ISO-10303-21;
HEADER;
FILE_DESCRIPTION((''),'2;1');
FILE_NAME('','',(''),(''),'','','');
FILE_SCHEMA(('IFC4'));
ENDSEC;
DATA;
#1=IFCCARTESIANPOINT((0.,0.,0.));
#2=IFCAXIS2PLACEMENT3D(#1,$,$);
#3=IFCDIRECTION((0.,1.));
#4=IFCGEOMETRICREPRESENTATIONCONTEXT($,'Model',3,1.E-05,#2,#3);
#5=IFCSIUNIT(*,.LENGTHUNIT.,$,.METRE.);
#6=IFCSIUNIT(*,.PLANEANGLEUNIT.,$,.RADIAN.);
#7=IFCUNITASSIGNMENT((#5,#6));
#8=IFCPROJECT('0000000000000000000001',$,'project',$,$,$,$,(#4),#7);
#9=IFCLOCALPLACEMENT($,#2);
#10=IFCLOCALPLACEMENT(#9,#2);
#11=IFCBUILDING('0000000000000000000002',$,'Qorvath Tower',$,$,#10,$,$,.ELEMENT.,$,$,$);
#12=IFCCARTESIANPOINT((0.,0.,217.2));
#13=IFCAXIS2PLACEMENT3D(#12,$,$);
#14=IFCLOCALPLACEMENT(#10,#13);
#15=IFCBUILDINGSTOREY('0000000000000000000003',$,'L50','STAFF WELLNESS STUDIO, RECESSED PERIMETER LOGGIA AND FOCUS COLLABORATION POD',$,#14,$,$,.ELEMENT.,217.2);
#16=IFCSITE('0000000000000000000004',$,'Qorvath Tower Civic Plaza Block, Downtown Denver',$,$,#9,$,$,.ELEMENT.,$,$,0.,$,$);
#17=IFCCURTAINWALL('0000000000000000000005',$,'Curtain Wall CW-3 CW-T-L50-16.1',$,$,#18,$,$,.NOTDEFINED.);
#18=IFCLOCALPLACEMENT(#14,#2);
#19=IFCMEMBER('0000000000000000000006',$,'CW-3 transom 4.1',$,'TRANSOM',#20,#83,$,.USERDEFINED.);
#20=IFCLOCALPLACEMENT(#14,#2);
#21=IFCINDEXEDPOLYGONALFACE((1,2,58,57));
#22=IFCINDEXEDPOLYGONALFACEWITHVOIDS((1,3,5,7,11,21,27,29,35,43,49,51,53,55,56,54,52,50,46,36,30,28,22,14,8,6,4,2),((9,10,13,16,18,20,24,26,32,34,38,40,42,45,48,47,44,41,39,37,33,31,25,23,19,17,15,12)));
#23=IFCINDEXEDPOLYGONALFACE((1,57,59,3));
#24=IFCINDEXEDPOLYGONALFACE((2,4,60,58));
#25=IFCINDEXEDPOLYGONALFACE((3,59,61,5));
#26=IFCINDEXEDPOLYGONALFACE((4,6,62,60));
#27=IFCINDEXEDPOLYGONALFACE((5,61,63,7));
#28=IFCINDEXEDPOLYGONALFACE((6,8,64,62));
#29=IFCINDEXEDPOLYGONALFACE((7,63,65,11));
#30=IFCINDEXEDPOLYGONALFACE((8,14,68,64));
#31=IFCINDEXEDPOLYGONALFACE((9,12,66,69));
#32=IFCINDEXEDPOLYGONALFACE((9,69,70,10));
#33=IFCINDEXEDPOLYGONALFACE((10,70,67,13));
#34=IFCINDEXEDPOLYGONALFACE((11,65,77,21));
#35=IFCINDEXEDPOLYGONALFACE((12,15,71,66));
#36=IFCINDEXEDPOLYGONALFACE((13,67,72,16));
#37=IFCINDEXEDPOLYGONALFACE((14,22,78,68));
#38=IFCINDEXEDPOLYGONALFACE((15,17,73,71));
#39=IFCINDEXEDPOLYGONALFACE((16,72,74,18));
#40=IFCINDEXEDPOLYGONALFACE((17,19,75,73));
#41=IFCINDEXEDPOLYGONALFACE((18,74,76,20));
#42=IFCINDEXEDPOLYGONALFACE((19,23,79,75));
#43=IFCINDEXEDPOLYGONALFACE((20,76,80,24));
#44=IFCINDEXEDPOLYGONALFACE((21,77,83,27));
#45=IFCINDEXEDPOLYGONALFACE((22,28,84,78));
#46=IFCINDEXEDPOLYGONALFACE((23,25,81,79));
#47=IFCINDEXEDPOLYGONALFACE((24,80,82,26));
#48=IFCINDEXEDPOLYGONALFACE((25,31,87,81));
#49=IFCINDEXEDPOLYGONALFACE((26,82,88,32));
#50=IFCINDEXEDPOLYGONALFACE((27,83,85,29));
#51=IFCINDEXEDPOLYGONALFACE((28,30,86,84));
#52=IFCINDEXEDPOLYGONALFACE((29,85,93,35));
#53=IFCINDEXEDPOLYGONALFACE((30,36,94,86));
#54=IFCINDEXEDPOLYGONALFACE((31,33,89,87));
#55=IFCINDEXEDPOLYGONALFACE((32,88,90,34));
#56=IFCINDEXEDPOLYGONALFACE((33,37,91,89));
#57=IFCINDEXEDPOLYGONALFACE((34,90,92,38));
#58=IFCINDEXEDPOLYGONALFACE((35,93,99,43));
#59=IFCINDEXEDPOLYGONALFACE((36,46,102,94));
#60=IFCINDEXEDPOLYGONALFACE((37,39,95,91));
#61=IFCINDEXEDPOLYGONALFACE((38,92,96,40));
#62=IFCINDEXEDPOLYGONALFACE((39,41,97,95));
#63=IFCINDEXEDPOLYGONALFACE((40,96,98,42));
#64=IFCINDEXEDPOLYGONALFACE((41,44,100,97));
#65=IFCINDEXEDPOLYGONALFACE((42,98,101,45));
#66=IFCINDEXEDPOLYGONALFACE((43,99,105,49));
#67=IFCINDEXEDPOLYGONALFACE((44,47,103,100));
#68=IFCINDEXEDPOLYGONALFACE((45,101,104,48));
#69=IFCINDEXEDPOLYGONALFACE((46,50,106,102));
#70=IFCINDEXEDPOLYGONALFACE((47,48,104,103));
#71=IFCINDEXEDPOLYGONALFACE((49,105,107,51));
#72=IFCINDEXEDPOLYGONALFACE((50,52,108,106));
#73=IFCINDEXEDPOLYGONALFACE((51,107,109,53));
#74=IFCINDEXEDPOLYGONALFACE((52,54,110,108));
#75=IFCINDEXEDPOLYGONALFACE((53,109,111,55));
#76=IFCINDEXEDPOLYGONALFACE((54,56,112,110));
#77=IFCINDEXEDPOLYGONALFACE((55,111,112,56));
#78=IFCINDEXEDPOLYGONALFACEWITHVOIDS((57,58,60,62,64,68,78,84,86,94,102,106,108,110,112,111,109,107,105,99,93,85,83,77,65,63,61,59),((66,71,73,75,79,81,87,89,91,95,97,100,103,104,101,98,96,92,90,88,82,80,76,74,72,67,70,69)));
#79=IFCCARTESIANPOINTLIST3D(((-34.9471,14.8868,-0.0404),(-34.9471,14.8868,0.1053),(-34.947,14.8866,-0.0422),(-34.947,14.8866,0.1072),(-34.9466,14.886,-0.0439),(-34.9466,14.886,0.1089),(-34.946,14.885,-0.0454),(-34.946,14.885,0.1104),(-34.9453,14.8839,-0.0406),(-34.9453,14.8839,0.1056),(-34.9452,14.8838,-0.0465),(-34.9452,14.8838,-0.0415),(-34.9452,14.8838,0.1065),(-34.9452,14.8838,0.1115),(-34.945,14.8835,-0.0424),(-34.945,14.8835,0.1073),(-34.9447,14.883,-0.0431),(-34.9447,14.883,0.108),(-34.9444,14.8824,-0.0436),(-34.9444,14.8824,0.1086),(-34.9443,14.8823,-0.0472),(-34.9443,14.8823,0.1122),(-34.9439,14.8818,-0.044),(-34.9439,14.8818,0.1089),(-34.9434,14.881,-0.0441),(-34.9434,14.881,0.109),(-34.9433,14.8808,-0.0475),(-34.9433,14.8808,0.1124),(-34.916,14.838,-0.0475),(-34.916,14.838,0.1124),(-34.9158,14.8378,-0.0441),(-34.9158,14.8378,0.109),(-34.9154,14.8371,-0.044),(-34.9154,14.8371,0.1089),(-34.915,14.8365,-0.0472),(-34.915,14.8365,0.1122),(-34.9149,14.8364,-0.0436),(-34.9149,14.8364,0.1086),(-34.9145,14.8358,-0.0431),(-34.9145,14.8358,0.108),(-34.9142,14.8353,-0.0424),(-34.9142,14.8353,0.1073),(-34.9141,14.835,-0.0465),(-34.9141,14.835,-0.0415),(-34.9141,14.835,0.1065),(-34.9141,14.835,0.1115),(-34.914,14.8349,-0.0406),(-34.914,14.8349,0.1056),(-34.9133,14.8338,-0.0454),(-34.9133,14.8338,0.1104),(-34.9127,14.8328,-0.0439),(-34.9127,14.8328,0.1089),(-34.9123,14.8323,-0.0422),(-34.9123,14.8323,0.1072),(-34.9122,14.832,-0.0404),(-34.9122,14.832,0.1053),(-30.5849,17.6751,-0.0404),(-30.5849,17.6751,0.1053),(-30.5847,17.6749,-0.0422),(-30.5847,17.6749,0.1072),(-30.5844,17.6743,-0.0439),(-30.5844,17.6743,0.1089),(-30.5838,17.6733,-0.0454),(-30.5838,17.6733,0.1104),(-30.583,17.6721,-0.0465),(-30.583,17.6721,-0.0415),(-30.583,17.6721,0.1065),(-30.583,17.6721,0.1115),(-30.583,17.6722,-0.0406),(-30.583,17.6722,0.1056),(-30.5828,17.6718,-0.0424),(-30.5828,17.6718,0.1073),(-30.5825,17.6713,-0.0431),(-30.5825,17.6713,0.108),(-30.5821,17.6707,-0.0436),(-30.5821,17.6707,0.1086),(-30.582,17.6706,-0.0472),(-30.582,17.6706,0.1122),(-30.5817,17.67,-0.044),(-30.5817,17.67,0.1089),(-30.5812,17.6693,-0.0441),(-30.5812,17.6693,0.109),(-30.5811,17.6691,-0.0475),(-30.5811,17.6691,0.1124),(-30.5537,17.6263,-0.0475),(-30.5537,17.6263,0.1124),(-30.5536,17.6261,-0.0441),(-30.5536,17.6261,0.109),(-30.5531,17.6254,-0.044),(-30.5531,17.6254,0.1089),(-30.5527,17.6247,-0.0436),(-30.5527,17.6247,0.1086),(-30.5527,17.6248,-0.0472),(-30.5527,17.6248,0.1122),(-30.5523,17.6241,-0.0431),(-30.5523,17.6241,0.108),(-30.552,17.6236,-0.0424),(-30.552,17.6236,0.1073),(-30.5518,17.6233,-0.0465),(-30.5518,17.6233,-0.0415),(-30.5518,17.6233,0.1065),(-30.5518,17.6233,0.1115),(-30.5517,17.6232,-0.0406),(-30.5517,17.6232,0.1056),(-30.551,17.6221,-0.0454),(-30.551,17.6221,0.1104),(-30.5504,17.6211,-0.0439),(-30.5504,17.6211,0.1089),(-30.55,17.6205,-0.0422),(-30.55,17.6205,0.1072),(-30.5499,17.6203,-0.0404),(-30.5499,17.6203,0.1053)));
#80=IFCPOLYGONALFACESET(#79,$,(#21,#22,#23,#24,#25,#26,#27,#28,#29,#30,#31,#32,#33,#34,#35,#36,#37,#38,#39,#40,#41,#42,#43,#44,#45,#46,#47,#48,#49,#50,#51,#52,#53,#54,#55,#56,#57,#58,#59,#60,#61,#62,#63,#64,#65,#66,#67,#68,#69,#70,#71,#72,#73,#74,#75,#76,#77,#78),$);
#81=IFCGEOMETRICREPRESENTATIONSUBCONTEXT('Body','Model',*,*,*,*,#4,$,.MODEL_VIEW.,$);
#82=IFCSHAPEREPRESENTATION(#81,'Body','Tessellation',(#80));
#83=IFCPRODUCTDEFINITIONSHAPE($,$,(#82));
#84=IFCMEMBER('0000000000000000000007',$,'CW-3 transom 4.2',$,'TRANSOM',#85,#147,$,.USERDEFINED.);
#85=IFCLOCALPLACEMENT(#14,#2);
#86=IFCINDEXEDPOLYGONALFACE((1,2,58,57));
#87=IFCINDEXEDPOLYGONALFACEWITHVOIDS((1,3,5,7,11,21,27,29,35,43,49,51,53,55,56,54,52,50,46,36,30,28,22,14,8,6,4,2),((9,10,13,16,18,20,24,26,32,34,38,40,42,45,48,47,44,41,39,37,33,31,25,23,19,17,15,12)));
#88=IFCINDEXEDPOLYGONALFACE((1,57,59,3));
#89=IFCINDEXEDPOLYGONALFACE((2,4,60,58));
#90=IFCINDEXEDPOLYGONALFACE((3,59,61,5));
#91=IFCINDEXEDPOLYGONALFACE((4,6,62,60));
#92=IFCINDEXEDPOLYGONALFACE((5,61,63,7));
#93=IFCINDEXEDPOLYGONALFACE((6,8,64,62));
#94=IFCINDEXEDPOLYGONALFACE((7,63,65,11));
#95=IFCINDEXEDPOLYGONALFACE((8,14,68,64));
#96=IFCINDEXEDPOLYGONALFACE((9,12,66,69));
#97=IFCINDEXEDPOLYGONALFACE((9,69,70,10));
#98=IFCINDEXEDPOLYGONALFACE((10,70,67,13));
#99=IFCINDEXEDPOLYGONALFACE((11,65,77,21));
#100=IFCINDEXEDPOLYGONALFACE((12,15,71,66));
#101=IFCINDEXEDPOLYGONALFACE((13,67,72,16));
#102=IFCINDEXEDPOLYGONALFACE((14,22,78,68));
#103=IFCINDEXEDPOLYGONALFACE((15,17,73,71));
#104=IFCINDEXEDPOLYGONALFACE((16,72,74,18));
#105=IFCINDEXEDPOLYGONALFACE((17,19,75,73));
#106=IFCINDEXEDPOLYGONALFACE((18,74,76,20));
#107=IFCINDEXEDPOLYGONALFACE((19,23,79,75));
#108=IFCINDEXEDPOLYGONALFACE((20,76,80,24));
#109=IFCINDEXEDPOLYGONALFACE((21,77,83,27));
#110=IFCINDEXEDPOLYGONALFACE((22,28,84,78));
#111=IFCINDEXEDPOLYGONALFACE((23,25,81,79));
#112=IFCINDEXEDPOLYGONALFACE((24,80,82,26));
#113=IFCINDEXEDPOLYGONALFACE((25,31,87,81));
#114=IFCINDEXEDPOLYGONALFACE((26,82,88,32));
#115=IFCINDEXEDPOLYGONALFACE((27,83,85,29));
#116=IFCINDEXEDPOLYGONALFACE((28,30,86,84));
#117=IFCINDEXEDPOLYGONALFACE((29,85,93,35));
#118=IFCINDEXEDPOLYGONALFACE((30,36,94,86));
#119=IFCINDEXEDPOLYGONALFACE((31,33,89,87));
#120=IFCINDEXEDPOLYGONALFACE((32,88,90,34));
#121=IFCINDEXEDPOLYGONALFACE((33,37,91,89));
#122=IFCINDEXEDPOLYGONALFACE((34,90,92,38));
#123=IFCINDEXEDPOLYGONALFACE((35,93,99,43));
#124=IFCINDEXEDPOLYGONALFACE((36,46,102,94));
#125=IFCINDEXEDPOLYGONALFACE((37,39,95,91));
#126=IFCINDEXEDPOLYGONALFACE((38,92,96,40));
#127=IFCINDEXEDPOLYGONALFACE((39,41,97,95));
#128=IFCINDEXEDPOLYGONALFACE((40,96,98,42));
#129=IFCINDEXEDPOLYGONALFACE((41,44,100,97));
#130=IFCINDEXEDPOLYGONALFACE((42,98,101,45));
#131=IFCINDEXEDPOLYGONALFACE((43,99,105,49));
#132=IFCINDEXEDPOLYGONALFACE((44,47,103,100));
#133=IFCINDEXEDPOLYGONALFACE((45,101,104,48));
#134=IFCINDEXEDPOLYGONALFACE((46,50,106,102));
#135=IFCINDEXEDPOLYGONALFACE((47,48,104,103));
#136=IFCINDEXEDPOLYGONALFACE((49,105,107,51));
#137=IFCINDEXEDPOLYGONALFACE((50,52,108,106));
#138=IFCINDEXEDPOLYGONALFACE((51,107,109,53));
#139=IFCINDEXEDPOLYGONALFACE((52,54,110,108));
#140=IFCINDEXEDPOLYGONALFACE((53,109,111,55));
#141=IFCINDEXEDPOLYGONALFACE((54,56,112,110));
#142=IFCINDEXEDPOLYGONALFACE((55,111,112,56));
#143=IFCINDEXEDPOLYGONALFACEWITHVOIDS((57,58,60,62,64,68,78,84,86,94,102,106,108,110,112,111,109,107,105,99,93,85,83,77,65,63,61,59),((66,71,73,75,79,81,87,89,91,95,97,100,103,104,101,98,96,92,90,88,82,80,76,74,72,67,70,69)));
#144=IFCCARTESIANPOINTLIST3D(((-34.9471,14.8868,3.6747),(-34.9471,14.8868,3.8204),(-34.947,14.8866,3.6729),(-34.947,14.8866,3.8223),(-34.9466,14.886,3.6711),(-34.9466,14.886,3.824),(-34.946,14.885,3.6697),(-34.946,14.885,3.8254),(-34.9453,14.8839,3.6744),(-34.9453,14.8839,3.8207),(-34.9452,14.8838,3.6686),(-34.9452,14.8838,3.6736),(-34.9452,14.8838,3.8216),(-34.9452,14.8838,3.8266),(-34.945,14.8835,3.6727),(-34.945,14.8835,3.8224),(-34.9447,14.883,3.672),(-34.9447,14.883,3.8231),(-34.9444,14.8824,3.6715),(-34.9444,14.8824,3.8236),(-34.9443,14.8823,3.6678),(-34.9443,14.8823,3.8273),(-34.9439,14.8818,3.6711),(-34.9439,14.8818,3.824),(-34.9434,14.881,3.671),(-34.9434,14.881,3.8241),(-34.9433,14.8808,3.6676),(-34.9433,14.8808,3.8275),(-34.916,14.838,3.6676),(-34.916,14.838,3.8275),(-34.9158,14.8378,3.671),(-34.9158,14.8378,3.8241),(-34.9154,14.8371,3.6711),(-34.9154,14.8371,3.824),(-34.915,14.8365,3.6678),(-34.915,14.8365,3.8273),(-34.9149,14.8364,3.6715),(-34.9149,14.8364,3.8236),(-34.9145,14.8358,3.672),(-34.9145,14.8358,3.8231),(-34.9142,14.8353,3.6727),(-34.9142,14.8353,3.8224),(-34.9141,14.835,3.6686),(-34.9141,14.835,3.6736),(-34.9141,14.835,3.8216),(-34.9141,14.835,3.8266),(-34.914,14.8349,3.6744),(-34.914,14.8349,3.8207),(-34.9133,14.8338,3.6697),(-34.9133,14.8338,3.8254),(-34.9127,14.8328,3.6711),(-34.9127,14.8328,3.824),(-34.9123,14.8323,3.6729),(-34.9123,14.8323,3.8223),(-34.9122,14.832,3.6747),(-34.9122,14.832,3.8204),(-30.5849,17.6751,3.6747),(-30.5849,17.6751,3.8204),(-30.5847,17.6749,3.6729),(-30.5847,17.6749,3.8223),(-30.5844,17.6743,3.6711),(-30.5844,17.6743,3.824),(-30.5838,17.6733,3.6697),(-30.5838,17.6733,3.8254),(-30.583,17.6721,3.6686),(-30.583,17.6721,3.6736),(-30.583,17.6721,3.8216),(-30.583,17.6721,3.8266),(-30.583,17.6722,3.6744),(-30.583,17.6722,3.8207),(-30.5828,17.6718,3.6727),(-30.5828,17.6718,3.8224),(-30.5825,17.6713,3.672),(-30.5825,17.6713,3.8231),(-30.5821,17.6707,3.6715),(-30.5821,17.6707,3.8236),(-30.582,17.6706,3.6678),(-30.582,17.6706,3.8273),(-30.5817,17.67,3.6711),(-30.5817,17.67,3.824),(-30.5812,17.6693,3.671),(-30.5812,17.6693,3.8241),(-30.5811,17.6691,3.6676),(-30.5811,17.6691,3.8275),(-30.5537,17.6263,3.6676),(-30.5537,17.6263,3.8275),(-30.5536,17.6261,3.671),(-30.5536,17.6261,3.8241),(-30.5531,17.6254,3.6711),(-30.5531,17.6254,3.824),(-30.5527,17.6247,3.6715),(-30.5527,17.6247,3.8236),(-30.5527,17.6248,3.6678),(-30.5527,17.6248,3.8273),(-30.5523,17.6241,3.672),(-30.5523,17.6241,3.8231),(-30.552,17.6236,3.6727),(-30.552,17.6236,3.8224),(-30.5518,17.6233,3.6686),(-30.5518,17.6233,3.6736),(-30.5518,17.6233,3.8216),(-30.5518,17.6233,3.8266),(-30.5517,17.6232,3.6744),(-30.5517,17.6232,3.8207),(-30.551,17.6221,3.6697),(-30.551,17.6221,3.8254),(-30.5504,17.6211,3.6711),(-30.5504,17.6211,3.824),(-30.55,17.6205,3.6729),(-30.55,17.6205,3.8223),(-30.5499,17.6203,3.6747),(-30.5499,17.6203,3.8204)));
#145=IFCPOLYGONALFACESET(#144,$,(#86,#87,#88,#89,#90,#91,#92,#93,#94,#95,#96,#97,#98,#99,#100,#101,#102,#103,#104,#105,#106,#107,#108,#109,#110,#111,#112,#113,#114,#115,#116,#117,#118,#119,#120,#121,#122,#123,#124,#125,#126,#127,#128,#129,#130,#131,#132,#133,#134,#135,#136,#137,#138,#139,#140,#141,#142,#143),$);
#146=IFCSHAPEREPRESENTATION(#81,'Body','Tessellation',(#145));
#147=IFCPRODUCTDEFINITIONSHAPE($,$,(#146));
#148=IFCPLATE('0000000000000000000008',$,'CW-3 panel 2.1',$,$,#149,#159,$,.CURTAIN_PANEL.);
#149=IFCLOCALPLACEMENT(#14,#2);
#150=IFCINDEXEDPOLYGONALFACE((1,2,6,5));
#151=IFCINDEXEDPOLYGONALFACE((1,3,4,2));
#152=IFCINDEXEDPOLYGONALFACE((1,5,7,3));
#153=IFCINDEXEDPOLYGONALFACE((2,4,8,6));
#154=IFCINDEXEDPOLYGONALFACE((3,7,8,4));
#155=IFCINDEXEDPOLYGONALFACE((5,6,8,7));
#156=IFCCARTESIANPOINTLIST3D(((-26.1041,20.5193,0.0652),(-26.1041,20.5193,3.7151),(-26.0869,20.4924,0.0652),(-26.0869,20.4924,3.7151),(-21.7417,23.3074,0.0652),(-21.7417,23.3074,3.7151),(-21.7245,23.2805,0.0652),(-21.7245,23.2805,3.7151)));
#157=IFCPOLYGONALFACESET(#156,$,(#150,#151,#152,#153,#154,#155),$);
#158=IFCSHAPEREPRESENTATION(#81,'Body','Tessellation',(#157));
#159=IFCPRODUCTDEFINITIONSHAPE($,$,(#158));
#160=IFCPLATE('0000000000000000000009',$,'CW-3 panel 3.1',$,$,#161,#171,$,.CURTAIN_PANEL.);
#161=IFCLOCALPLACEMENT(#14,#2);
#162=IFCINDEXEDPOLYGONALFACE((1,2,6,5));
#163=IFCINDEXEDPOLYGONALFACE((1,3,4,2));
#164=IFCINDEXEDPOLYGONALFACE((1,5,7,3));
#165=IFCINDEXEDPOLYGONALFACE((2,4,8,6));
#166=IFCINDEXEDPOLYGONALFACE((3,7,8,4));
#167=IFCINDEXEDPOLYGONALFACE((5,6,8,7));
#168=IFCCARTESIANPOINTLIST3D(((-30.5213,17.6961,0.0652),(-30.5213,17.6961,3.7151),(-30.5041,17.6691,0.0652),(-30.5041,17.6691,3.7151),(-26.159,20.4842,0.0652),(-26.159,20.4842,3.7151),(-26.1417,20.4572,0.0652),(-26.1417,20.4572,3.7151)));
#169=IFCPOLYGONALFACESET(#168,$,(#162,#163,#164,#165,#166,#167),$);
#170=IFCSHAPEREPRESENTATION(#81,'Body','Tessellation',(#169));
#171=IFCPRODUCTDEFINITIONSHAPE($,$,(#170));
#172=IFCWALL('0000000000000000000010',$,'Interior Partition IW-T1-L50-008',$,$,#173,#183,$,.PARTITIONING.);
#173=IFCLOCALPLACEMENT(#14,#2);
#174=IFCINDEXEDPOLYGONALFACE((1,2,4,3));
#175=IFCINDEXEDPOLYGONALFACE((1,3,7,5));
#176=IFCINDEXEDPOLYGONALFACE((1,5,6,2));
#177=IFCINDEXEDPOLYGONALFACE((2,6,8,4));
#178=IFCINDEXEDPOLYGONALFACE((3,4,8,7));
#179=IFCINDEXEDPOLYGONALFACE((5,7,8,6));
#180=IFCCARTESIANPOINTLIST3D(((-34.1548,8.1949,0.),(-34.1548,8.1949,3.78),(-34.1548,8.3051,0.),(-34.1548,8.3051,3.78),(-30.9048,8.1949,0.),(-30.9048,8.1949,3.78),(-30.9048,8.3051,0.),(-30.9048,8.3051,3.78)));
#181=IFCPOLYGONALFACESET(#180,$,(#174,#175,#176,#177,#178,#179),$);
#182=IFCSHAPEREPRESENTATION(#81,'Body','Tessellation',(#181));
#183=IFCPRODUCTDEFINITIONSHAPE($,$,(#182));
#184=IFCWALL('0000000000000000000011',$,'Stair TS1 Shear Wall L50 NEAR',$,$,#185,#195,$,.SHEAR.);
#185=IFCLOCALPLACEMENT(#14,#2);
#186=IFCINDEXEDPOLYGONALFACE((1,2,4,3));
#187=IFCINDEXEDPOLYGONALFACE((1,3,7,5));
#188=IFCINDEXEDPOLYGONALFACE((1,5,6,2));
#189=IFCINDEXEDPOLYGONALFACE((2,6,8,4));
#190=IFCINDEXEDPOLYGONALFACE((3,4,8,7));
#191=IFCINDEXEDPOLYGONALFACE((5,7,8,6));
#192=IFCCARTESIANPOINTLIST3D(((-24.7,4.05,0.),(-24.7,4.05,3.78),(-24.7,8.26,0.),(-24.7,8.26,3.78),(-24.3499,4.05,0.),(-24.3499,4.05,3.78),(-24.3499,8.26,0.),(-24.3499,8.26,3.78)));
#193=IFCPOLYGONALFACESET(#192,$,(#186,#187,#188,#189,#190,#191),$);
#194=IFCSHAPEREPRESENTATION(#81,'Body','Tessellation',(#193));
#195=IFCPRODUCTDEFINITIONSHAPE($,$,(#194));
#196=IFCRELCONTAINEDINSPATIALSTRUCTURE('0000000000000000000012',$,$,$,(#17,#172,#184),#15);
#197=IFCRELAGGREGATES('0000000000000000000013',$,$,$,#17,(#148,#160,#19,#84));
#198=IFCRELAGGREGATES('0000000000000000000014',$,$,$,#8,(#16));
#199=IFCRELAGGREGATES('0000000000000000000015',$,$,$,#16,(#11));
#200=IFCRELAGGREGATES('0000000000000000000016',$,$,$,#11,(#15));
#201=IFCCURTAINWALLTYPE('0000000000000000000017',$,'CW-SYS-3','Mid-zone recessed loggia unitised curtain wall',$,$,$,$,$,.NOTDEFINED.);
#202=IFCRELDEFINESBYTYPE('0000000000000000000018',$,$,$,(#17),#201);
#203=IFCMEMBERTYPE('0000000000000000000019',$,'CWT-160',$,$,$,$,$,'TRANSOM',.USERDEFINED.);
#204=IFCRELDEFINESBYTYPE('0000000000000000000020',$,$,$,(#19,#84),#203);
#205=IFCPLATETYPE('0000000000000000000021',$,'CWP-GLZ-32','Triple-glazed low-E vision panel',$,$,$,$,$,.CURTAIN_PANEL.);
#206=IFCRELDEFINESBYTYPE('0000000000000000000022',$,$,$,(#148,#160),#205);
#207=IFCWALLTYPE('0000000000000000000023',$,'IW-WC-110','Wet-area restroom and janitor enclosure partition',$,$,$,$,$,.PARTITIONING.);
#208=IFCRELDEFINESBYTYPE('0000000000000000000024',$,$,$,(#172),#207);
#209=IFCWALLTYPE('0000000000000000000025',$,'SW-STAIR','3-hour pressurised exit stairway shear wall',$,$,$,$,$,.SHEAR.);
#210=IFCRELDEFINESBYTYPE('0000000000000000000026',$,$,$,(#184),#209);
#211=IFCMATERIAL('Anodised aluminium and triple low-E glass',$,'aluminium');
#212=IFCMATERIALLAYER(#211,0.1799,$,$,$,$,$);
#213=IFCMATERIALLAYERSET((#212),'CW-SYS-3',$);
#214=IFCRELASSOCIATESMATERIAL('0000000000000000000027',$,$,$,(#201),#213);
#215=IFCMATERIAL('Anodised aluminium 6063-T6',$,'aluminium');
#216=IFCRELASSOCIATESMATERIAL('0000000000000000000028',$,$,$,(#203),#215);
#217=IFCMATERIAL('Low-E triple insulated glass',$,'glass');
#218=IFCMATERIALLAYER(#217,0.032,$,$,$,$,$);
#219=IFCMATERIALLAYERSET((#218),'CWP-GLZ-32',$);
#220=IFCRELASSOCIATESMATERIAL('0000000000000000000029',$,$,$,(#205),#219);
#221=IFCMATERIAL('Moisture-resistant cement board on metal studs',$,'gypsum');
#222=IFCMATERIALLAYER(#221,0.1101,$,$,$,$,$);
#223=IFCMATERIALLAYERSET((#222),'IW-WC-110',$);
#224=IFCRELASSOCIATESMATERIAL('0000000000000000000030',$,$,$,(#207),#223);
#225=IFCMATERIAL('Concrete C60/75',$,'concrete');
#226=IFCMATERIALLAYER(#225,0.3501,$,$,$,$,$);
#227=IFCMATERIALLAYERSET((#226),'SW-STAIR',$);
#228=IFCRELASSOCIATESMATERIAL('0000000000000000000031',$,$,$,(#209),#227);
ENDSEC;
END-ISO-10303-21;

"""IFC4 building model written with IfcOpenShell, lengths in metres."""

from ifc_helpers import new_model, si_unit, direction, frame, frame_2d, origin, origin_2d, place, context, subcontext, project, spatial, rectangle, hollow_rectangle, extrude, material, layer, layer_set, material_profile, profile_set, type_object, element, aggregate, save


model = new_model("IFC4")

# Units and contexts
model_context = context("Model", 3, precision=1e-05, world=origin(), true_north=direction((0.0, 1.0)))
body_context = subcontext(model_context, "Body", "Model", "MODEL_VIEW")
ifc_project = project(units=[si_unit("LENGTHUNIT", "METRE"), si_unit("PLANEANGLEUNIT", "RADIAN")], contexts=[model_context])

# Site, building, storey
site_placement = place(None, origin())
site = spatial("IfcSite", under=ifc_project, at=site_placement, Name="Qorvath Tower Civic Plaza Block, Downtown Denver", CompositionType="ELEMENT", RefElevation=0.0)
building_placement = place(site_placement, origin())
building = spatial("IfcBuilding", under=site, at=building_placement, Name="Qorvath Tower", CompositionType="ELEMENT")
storey_placement = place(building_placement, frame((0.0, 0.0, 217.2)))
storey = spatial("IfcBuildingStorey", under=building, at=storey_placement, Name="L50", Description="STAFF WELLNESS STUDIO, RECESSED PERIMETER LOGGIA AND FOCUS COLLABORATION POD", CompositionType="ELEMENT", Elevation=217.2)

# Curtain wall, members, plates
ifc_material_1 = material(Name="Anodised aluminium and triple low-E glass", Category="aluminium")
ifc_layer_1 = layer(ifc_material_1, 0.1799)
ifc_layer_set_1 = layer_set([ifc_layer_1], Name="CW-SYS-3")
curtain_wall_type = type_object("IfcCurtainWallType", Name="CW-SYS-3", Description="Mid-zone recessed loggia unitised curtain wall", PredefinedType="NOTDEFINED", material=ifc_layer_set_1)
curtain_wall_placement = place(storey_placement, origin())
curtain_wall = element("IfcCurtainWall", 1, at=curtain_wall_placement, inside=storey, type_object=curtain_wall_type, Name="Curtain Wall CW-3 CW-T-L50-16.1", PredefinedType="NOTDEFINED")
ifc_material_2 = material(Name="Anodised aluminium 6063-T6", Category="aluminium")
ifc_material_profile_1 = material_profile(ifc_material_2, hollow_rectangle(XDim=0.0649, YDim=0.1599, WallThickness=0.0034, InnerFilletRadius=0.0034, OuterFilletRadius=0.0071, at=origin_2d()), Name="CWT 160x65")
ifc_profile_set_1 = profile_set([ifc_material_profile_1], Name="Anodised aluminium 6063-T6")
member_type_1 = type_object("IfcMemberType", Name="CWT-160", ElementType="TRANSOM", PredefinedType="USERDEFINED", material=ifc_profile_set_1)
member_1_placement = place(storey_placement, frame((-30.5674, 17.6477, 0.0325), z_axis=(-0.842582, -0.538568, 0.0), x_axis=(0.538568, -0.842582, 0.0)))
member_1 = element("IfcMember", 2, at=member_1_placement, type_object=member_type_1, Name="CW-3 transom 4.1", ObjectType="TRANSOM", PredefinedType="USERDEFINED", context=body_context, shape_type="SweptSolid", body=[
    extrude(hollow_rectangle(XDim=0.0649, YDim=0.1599, WallThickness=0.0034, InnerFilletRadius=0.0034, OuterFilletRadius=0.0071, at=origin_2d()), origin(), (0.0, 0.0, 1.0), 5.1772),
])
member_2_placement = place(storey_placement, frame((-30.5674, 17.6477, 3.7476), z_axis=(-0.842582, -0.538568, 0.0), x_axis=(0.538568, -0.842582, 0.0)))
member_2 = element("IfcMember", 3, at=member_2_placement, type_object=member_type_1, Name="CW-3 transom 4.2", ObjectType="TRANSOM", PredefinedType="USERDEFINED", context=body_context, shape_type="SweptSolid", body=[
    extrude(hollow_rectangle(XDim=0.0649, YDim=0.1599, WallThickness=0.0034, InnerFilletRadius=0.0034, OuterFilletRadius=0.0071, at=origin_2d()), origin(), (0.0, 0.0, 1.0), 5.1772),
])
ifc_material_3 = material(Name="Low-E triple insulated glass", Category="glass")
ifc_layer_2 = layer(ifc_material_3, 0.032)
ifc_layer_set_2 = layer_set([ifc_layer_2], Name="CWP-GLZ-32")
plate_type = type_object("IfcPlateType", Name="CWP-GLZ-32", Description="Triple-glazed low-E vision panel", PredefinedType="CURTAIN_PANEL", material=ifc_layer_set_2)
plate_1_placement = place(storey_placement, frame((-23.9143, 21.8999, 0.0652), z_axis=(0.0, 0.0, 1.0), x_axis=(-0.842603, -0.538535, 0.0)))
plate_1 = element("IfcPlate", 4, at=plate_1_placement, type_object=plate_type, Name="CW-3 panel 2.1", PredefinedType="CURTAIN_PANEL", context=body_context, shape_type="SweptSolid", body=[
    extrude(rectangle(XDim=5.1772, YDim=0.032, at=origin_2d()), origin(), (0.0, 0.0, 1.0), 3.6499),
])
plate_2_placement = place(storey_placement, frame((-28.3315, 19.0767, 0.0652), z_axis=(0.0, 0.0, 1.0), x_axis=(-0.842603, -0.538535, 0.0)))
plate_2 = element("IfcPlate", 5, at=plate_2_placement, type_object=plate_type, Name="CW-3 panel 3.1", PredefinedType="CURTAIN_PANEL", context=body_context, shape_type="SweptSolid", body=[
    extrude(rectangle(XDim=5.1772, YDim=0.032, at=origin_2d()), origin(), (0.0, 0.0, 1.0), 3.6499),
])
aggregate(curtain_wall, [plate_1, plate_2, member_1, member_2])

# Walls
ifc_material_4 = material(Name="Moisture-resistant cement board on metal studs", Category="gypsum")
ifc_layer_3 = layer(ifc_material_4, 0.1101)
ifc_layer_set_3 = layer_set([ifc_layer_3], Name="IW-WC-110")
wall_type_1 = type_object("IfcWallType", Name="IW-WC-110", Description="Wet-area restroom and janitor enclosure partition", PredefinedType="PARTITIONING", material=ifc_layer_set_3)
wall_1_placement = place(storey_placement, frame((-30.9048, 8.25, 0.0), z_axis=(0.0, 0.0, 1.0), x_axis=(-1.0, 0.0, 0.0)))
element("IfcWall", 6, at=wall_1_placement, inside=storey, type_object=wall_type_1, Name="Interior Partition IW-T1-L50-008", PredefinedType="PARTITIONING", context=body_context, shape_type="SweptSolid", body=[
    extrude(rectangle(XDim=3.25, YDim=0.1101, at=frame_2d((1.625, 0.0))), origin(), (0.0, 0.0, 1.0), 3.78),
])
ifc_material_5 = material(Name="Concrete C60/75", Category="concrete")
ifc_layer_4 = layer(ifc_material_5, 0.3501)
ifc_layer_set_4 = layer_set([ifc_layer_4], Name="SW-STAIR")
wall_type_2 = type_object("IfcWallType", Name="SW-STAIR", Description="3-hour pressurised exit stairway shear wall", PredefinedType="SHEAR", material=ifc_layer_set_4)
wall_2_placement = place(storey_placement, frame((-24.5249, 8.26, 0.0), z_axis=(0.0, 0.0, 1.0), x_axis=(0.0, -1.0, 0.0)))
element("IfcWall", 7, at=wall_2_placement, inside=storey, type_object=wall_type_2, Name="Stair TS1 Shear Wall L50 NEAR", PredefinedType="SHEAR", context=body_context, shape_type="SweptSolid", body=[
    extrude(rectangle(XDim=4.21, YDim=0.3501, at=frame_2d((2.105, 0.0))), origin(), (0.0, 0.0, 1.0), 3.78),
])

save(model, "model.ifc")
